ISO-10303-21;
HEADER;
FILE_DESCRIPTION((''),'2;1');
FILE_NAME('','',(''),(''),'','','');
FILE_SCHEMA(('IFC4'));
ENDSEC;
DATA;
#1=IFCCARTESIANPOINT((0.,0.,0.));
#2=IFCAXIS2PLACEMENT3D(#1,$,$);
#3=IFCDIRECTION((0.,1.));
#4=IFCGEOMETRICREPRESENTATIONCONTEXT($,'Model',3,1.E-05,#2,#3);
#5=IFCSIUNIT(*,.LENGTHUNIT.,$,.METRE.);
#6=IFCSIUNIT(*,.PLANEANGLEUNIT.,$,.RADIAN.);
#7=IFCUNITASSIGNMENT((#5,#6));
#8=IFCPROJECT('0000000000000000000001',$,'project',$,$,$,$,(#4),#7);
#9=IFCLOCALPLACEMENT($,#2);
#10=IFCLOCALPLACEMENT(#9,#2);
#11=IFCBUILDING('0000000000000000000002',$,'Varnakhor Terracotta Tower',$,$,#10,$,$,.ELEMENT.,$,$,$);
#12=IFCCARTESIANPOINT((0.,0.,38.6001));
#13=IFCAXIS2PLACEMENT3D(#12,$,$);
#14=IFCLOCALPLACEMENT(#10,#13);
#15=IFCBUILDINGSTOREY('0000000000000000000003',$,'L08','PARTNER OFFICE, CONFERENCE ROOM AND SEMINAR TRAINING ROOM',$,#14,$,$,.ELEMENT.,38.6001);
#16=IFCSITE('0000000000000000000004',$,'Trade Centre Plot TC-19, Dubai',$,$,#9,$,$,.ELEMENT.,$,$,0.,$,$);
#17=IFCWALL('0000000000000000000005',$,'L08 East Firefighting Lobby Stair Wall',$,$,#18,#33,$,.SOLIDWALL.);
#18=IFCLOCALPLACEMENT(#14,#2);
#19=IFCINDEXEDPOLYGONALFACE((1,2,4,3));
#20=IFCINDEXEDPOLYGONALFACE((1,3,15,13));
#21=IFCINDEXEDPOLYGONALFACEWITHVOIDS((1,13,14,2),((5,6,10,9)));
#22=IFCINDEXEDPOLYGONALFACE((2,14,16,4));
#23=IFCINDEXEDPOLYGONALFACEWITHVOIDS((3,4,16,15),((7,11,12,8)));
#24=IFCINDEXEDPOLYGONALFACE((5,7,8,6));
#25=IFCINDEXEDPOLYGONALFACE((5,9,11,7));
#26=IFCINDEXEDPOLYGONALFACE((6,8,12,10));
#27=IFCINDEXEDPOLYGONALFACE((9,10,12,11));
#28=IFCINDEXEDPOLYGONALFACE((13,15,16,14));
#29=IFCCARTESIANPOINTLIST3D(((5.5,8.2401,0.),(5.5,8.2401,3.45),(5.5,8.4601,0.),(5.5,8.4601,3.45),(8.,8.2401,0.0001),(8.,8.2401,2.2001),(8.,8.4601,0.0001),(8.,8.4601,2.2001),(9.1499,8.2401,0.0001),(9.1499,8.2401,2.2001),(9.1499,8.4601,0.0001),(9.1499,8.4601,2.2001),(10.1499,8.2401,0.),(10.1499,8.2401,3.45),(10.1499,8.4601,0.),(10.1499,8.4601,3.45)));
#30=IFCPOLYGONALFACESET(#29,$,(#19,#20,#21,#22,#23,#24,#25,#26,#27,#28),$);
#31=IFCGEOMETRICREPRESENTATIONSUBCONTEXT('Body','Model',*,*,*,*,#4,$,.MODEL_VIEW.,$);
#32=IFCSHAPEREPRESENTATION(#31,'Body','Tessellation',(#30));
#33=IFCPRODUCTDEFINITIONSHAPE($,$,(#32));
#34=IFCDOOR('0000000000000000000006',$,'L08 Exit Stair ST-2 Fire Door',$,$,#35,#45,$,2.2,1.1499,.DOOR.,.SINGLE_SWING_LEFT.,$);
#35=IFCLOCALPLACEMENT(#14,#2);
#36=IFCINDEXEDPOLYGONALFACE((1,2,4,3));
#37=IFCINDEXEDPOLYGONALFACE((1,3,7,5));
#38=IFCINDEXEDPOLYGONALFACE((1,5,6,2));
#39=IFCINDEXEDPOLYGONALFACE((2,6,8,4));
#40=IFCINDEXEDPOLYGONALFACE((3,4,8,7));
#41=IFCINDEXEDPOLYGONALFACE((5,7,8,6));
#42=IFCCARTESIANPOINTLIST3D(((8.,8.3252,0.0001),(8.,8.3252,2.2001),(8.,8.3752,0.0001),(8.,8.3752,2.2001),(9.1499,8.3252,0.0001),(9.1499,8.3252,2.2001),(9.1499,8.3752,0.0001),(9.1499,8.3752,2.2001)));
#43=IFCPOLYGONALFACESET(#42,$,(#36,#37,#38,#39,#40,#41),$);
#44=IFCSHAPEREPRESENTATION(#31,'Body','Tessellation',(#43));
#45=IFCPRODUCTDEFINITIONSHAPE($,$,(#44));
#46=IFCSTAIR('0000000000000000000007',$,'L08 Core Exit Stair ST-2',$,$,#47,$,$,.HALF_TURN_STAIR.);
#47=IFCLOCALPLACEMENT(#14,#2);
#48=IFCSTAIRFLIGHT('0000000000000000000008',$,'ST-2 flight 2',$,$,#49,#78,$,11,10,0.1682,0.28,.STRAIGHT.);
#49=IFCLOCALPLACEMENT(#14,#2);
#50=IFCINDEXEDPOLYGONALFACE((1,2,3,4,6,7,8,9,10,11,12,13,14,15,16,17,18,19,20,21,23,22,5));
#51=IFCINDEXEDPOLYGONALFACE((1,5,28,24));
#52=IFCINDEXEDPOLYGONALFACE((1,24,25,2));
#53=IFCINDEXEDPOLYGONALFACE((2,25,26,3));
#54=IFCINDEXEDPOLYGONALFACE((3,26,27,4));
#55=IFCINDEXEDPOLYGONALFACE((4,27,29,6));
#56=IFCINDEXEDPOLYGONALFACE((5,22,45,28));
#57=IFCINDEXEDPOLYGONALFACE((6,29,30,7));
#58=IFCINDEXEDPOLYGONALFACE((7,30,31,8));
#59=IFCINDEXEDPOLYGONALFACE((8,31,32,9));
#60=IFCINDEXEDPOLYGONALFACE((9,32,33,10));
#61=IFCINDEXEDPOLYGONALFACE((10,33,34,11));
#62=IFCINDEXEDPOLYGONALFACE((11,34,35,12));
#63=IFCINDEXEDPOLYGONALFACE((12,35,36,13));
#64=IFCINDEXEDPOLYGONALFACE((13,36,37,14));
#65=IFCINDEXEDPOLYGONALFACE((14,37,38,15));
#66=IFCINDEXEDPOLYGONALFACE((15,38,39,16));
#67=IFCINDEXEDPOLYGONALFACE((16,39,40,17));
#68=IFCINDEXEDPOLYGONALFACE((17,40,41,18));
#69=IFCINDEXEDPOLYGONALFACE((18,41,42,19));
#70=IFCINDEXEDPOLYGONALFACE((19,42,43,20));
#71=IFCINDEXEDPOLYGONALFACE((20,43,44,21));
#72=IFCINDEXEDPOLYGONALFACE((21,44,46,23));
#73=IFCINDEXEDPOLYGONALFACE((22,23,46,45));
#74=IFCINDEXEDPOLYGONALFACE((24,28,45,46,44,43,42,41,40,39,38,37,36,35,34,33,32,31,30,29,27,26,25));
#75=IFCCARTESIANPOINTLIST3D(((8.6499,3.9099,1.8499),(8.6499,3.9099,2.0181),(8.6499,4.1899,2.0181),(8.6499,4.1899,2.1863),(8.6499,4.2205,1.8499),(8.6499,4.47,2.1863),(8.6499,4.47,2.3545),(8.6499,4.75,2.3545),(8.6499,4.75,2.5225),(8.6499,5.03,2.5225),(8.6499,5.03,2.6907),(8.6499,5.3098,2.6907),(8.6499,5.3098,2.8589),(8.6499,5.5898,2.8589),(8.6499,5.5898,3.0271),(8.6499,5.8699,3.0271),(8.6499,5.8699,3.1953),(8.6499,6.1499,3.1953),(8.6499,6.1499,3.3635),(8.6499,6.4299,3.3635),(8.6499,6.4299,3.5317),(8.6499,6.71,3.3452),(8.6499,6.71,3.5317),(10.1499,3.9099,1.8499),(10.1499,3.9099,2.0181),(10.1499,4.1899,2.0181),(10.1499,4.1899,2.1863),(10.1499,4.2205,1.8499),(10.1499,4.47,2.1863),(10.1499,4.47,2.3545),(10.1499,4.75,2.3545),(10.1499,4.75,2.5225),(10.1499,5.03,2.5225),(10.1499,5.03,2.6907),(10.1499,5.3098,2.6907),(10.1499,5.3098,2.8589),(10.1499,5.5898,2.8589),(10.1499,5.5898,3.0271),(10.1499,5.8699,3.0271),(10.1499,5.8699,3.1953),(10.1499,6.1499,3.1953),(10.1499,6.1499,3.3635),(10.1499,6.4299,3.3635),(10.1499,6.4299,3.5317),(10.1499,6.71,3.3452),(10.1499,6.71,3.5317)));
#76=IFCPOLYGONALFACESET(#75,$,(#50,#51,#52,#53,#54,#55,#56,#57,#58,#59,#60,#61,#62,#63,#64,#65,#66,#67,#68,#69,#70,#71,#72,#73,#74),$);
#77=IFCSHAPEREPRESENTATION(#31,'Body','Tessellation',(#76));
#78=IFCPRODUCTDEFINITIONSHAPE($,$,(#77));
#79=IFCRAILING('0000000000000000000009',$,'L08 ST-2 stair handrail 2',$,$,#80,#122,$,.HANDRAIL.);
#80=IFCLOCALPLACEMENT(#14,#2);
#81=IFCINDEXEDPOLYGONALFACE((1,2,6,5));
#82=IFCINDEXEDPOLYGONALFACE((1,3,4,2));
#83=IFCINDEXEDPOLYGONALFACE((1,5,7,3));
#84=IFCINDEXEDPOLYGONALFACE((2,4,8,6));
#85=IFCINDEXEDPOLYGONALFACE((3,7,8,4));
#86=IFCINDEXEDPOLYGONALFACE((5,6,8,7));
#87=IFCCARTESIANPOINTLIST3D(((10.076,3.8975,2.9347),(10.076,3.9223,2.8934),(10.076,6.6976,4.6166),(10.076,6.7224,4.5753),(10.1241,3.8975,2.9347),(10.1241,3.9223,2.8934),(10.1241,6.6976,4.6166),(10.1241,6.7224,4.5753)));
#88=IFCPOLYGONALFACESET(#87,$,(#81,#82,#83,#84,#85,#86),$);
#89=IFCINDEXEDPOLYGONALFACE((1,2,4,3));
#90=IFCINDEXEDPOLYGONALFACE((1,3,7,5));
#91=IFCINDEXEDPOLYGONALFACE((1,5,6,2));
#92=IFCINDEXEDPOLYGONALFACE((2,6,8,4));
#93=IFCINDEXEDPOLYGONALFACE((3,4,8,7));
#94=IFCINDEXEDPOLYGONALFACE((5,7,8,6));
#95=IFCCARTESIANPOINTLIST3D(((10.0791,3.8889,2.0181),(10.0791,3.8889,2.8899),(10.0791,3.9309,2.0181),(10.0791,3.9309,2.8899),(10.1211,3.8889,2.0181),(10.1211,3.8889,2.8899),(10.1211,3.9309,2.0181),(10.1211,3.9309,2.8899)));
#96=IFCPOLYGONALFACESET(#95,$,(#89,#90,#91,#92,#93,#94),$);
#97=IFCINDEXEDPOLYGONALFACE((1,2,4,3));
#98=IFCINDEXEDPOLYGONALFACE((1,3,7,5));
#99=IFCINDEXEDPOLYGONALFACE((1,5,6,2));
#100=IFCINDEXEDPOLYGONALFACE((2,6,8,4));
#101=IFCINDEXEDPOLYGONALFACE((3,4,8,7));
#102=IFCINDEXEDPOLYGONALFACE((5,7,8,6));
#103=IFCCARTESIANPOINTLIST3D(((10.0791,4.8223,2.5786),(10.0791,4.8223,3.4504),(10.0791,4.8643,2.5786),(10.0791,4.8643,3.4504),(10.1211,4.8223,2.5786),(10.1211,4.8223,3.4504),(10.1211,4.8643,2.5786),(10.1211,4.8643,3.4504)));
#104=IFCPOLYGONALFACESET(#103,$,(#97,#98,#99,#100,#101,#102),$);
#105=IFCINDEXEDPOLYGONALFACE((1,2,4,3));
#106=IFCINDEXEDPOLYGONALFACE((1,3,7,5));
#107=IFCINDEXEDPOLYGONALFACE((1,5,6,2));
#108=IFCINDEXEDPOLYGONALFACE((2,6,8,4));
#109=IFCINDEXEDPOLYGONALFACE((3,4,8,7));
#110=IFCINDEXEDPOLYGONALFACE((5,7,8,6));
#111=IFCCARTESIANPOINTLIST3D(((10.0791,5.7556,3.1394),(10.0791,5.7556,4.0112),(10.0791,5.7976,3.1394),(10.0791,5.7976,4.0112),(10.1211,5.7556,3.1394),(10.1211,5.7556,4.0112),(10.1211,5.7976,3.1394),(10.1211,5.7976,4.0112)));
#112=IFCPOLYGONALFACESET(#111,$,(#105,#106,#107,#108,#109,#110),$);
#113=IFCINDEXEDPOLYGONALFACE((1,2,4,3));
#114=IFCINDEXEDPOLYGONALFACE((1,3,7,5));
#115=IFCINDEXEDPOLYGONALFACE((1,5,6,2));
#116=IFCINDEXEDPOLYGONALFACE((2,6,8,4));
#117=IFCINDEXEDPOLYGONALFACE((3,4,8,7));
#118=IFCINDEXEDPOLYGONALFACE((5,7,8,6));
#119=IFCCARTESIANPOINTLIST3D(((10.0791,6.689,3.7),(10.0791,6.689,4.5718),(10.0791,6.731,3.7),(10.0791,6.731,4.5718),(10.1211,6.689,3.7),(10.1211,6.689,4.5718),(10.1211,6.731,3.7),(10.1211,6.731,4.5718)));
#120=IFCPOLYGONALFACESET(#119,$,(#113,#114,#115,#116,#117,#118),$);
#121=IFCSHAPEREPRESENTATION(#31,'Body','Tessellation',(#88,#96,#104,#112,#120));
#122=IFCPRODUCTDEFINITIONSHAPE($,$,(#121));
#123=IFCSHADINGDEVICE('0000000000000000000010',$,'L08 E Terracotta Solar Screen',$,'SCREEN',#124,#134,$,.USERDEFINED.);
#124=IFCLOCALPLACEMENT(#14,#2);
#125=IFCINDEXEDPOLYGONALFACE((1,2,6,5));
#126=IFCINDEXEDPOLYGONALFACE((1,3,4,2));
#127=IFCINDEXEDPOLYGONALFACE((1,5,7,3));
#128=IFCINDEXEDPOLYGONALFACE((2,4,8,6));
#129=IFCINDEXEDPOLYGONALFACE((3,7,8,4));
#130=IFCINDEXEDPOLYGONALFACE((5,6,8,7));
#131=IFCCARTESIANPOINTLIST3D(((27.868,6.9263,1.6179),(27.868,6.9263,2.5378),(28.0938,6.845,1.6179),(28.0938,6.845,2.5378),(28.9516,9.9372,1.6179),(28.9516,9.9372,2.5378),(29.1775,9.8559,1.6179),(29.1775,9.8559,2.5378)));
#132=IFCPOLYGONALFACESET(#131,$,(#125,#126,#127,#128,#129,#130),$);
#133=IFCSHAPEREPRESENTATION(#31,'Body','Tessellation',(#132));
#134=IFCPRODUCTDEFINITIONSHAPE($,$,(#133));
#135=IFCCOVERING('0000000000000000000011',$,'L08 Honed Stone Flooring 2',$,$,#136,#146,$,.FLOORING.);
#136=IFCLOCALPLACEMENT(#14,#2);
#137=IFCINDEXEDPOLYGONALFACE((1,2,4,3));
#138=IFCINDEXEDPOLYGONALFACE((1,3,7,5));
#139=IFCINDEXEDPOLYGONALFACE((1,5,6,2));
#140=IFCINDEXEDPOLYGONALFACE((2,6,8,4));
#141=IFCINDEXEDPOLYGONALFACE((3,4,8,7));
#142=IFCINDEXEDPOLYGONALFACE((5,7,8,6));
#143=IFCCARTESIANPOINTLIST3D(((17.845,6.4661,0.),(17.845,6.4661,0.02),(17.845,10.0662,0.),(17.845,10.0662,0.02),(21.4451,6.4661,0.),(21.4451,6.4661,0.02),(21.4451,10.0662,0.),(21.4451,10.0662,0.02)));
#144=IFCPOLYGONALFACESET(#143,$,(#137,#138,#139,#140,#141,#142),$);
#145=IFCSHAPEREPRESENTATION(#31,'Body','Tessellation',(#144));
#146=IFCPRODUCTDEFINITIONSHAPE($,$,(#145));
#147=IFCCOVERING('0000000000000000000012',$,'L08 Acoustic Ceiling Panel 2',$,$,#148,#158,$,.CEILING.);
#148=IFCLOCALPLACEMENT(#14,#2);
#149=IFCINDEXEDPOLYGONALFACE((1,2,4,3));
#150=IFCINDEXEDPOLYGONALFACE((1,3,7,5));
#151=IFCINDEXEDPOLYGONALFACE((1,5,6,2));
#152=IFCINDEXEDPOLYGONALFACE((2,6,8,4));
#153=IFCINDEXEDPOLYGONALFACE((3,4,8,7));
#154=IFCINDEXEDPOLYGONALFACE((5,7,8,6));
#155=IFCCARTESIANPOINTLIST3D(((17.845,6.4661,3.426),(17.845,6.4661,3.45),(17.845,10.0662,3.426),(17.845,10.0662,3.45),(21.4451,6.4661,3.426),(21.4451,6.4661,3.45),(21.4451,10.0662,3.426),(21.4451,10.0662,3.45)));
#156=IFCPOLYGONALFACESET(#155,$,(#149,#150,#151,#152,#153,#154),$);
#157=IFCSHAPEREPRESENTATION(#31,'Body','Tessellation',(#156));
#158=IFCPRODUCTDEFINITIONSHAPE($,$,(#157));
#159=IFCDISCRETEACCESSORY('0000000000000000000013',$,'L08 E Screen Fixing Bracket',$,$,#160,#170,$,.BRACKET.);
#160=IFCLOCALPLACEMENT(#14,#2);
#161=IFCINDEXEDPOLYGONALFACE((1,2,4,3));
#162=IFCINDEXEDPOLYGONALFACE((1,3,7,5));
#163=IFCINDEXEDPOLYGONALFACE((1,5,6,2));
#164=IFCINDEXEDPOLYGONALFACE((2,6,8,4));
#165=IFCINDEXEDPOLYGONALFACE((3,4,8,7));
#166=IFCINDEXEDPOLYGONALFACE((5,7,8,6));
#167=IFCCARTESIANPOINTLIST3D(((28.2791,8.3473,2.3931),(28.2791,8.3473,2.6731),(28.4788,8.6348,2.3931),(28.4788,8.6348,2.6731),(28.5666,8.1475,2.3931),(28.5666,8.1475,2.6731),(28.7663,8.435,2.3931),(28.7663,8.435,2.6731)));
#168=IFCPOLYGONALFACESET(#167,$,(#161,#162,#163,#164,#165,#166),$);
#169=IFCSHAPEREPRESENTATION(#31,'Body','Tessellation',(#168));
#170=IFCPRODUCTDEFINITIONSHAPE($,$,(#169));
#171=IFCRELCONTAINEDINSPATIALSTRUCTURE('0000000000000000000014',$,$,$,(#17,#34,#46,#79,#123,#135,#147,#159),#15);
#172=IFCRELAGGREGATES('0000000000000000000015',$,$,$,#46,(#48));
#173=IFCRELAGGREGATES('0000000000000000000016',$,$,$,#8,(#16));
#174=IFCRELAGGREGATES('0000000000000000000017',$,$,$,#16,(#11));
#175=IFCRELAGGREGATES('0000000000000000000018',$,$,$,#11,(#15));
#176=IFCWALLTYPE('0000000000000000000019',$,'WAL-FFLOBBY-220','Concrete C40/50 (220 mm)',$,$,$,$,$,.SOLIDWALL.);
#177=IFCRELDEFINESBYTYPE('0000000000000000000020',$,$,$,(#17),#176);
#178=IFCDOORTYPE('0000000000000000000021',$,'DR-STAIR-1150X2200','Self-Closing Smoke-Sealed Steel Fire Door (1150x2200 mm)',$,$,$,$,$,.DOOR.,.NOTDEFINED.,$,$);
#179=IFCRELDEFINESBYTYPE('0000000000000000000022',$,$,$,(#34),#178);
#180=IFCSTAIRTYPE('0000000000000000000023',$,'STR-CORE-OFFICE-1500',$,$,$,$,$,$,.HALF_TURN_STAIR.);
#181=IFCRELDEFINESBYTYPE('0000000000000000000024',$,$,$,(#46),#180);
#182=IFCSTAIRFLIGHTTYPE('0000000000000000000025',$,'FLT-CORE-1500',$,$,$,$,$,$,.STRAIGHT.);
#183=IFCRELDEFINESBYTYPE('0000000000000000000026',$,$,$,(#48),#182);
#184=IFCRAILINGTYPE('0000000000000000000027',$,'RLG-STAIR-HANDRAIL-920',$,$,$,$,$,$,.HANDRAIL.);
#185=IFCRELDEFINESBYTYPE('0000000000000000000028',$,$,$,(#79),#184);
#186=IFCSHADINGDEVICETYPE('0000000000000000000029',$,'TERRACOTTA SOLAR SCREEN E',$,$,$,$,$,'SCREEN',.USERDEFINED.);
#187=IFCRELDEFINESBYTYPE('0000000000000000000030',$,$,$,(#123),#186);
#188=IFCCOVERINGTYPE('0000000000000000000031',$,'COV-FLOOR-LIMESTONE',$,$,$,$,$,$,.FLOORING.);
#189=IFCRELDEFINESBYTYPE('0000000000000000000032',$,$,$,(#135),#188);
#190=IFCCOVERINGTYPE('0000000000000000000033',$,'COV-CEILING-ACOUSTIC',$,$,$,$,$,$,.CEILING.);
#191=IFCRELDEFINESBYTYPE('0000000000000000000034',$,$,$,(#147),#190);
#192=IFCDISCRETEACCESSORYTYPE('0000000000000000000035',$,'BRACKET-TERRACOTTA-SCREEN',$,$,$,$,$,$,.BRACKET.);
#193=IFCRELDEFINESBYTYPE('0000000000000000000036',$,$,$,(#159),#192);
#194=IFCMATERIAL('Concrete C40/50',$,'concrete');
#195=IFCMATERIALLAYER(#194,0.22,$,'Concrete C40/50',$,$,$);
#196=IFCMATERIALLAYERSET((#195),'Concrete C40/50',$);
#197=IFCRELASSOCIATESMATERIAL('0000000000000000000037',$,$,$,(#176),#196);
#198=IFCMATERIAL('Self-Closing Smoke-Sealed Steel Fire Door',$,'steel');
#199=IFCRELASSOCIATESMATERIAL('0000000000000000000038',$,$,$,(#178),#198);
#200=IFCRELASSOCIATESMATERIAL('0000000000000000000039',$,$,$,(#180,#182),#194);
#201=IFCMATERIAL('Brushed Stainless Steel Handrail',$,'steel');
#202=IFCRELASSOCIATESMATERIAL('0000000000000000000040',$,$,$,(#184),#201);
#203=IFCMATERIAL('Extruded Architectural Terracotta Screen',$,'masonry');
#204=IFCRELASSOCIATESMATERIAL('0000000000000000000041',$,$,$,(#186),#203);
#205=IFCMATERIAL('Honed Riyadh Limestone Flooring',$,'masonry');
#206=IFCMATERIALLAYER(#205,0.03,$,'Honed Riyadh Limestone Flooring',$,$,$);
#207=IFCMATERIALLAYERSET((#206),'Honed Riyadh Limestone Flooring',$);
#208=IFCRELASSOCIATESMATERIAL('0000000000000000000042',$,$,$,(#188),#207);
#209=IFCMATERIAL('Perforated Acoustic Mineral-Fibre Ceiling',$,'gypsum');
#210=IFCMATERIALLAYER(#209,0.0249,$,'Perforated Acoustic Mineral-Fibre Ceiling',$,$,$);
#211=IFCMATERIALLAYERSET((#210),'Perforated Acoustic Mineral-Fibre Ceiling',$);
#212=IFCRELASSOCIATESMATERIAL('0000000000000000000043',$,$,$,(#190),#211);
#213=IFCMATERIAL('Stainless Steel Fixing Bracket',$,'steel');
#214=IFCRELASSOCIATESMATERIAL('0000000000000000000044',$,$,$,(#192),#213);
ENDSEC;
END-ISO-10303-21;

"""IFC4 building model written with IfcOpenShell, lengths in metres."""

from ifc_helpers import new_model, si_unit, direction, frame, frame_2d, origin, origin_2d, place, context, subcontext, project, spatial, polyline, rectangle, outline, extrude, source, transform, mapped, material, layer, layer_set, type_object, type_shapes, element, fill, aggregate, save


model = new_model("IFC4")

# Units and contexts
model_context = context("Model", 3, precision=1e-05, world=origin(), true_north=direction((0.0, 1.0)))
body_context = subcontext(model_context, "Body", "Model", "MODEL_VIEW")
ifc_project = project(units=[si_unit("LENGTHUNIT", "METRE"), si_unit("PLANEANGLEUNIT", "RADIAN")], contexts=[model_context])

# Site, building, storey
site_placement = place(None, origin())
site = spatial("IfcSite", under=ifc_project, at=site_placement, Name="Trade Centre Plot TC-19, Dubai", CompositionType="ELEMENT", RefElevation=0.0)
building_placement = place(site_placement, origin())
building = spatial("IfcBuilding", under=site, at=building_placement, Name="Varnakhor Terracotta Tower", CompositionType="ELEMENT")
storey_placement = place(building_placement, frame((0.0, 0.0, 38.6001)))
storey = spatial("IfcBuildingStorey", under=building, at=storey_placement, Name="L08", Description="PARTNER OFFICE, CONFERENCE ROOM AND SEMINAR TRAINING ROOM", CompositionType="ELEMENT", Elevation=38.6001)

# Wall, opening, door
ifc_material_1 = material(Name="Concrete C40/50", Category="concrete")
ifc_layer_1 = layer(ifc_material_1, 0.22, Name="Concrete C40/50")
ifc_layer_set_1 = layer_set([ifc_layer_1], Name="Concrete C40/50")
wall_type_1 = type_object("IfcWallType", Name="WAL-FFLOBBY-220", Description="Concrete C40/50 (220 mm)", PredefinedType="SOLIDWALL", material=ifc_layer_set_1)
wall_1_placement = place(storey_placement, frame((10.1499, 8.3501, 0.0), z_axis=(0.0, 0.0, 1.0), x_axis=(-1.0, 0.0, 0.0)))
wall_1 = element("IfcWall", 1, at=wall_1_placement, inside=storey, type_object=wall_type_1, Name="L08 East Firefighting Lobby Stair Wall", PredefinedType="SOLIDWALL", context=body_context, shape_type="SweptSolid", body=[
    extrude(rectangle(XDim=4.6499, YDim=0.22, at=frame_2d((2.325, 0.0))), origin(), (0.0, 0.0, 1.0), 3.45),
])
opening_placement = place(wall_1_placement, frame((1.0, 0.0, 0.0)))
opening = element("IfcOpeningElement", 2, at=opening_placement, cuts=wall_1, PredefinedType="OPENING", context=body_context, shape_type="SweptSolid", body=[
    extrude(rectangle(XDim=1.1499, YDim=2.2, at=frame_2d((0.575, 1.1001))), frame((0.0, 0.1201, 0.0), z_axis=(0.0, -1.0, 0.0), x_axis=(1.0, 0.0, 0.0)), (0.0, 0.0, 1.0), 0.24),
])
ifc_material_2 = material(Name="Self-Closing Smoke-Sealed Steel Fire Door", Category="steel")
door_type = type_object("IfcDoorType", Name="DR-STAIR-1150X2200", Description="Self-Closing Smoke-Sealed Steel Fire Door (1150x2200 mm)", OperationType="NOTDEFINED", PredefinedType="DOOR", material=ifc_material_2)
shared_shape_1 = source(origin(), body_context, "Body", "SweptSolid", [
    extrude(rectangle(XDim=1.1499, YDim=2.2, at=frame_2d((0.575, 1.1001))), frame((0.0, 0.0249, 0.0), z_axis=(0.0, -1.0, 0.0), x_axis=(1.0, 0.0, 0.0)), (0.0, 0.0, 1.0), 0.05),
])
type_shapes(door_type, [shared_shape_1])
door_placement = place(opening_placement, origin())
door = element("IfcDoor", 3, at=door_placement, inside=storey, type_object=door_type, Name="L08 Exit Stair ST-2 Fire Door", OperationType="SINGLE_SWING_LEFT", OverallHeight=2.2, OverallWidth=1.1499, PredefinedType="DOOR", context=body_context, shape_type="MappedRepresentation", body=[
    mapped(shared_shape_1, transform((0.0, 0.0, 0.0), scale=1.0)),
])
fill(opening, door)

# Stair, stair flight
stair_type = type_object("IfcStairType", Name="STR-CORE-OFFICE-1500", PredefinedType="HALF_TURN_STAIR", material=ifc_material_1)
stair_placement = place(storey_placement, origin())
stair = element("IfcStair", 4, at=stair_placement, inside=storey, type_object=stair_type, Name="L08 Core Exit Stair ST-2", PredefinedType="HALF_TURN_STAIR")
stair_flight_type = type_object("IfcStairFlightType", Name="FLT-CORE-1500", PredefinedType="STRAIGHT", material=ifc_material_1)
stair_flight_placement = place(storey_placement, frame((9.3999, 3.9099, 1.8499), z_axis=(0.0, 0.0, 1.0), x_axis=(0.0, 1.0, 0.0)))
stair_flight = element("IfcStairFlight", 5, at=stair_flight_placement, type_object=stair_flight_type, Name="ST-2 flight 2", NumberOfRisers=11, NumberOfTreads=10, PredefinedType="STRAIGHT", RiserHeight=0.1682, TreadLength=0.28, context=body_context, shape_type="SweptSolid", body=[
    extrude(outline(polyline([(0.0, 0.0), (0.0, 0.1682), (0.28, 0.1682), (0.28, 0.3364), (0.5601, 0.3364), (0.5601, 0.5046), (0.8401, 0.5046), (0.8401, 0.6726), (1.1201, 0.6726), (1.1201, 0.8408), (1.3999, 0.8408), (1.3999, 1.009), (1.6799, 1.009), (1.6799, 1.1772), (1.96, 1.1772), (1.96, 1.3455), (2.24, 1.3455), (2.24, 1.5137), (2.52, 1.5137), (2.52, 1.6819), (2.8, 1.6819), (2.8, 1.8501), (2.8, 1.4954), (0.3105, 0.0), (0.0, 0.0)])), frame((0.0, 0.75, 0.0), z_axis=(0.0, -1.0, 0.0), x_axis=(1.0, 0.0, 0.0)), (0.0, 0.0, 1.0), 1.5),
])
aggregate(stair, [stair_flight])

# Railing
ifc_material_3 = material(Name="Brushed Stainless Steel Handrail", Category="steel")
railing_type = type_object("IfcRailingType", Name="RLG-STAIR-HANDRAIL-920", PredefinedType="HANDRAIL", material=ifc_material_3)
railing_placement = place(storey_placement, frame((10.1001, 3.9099, 2.0181)))
element("IfcRailing", 6, at=railing_placement, inside=storey, type_object=railing_type, Name="L08 ST-2 stair handrail 2", PredefinedType="HANDRAIL", context=body_context, shape_type="SweptSolid", body=[
    extrude(rectangle(XDim=0.0481, YDim=0.0481, at=origin_2d()), frame((0.0, 0.0, 0.896), z_axis=(0.0, 0.857242, 0.514913), x_axis=(-1.0, 0.0, 0.0)), (0.0, 0.0, 1.0), 3.2664),
    extrude(rectangle(XDim=0.042, YDim=0.042, at=origin_2d()), origin(), (0.0, 0.0, 1.0), 0.8718),
    extrude(rectangle(XDim=0.042, YDim=0.042, at=origin_2d()), frame((0.0, 0.9333, 0.5605)), (0.0, 0.0, 1.0), 0.8718),
    extrude(rectangle(XDim=0.042, YDim=0.042, at=origin_2d()), frame((0.0, 1.8667, 1.1213)), (0.0, 0.0, 1.0), 0.8718),
    extrude(rectangle(XDim=0.042, YDim=0.042, at=origin_2d()), frame((0.0, 2.8, 1.6819)), (0.0, 0.0, 1.0), 0.8718),
])

# Shading device
ifc_material_4 = material(Name="Extruded Architectural Terracotta Screen", Category="masonry")
shading_device_type = type_object("IfcShadingDeviceType", Name="TERRACOTTA SOLAR SCREEN E", ElementType="SCREEN", PredefinedType="USERDEFINED", material=ifc_material_4)
shared_shape_2 = source(origin(), body_context, "Body", "SweptSolid", [
    extrude(rectangle(XDim=3.2, YDim=0.24, at=origin_2d()), origin(), (0.0, 0.0, 1.0), 0.9199),
])
type_shapes(shading_device_type, [shared_shape_2])
shading_device_placement = place(storey_placement, frame((28.5227, 8.3911, 1.6179), z_axis=(0.0, 0.0, 1.0), x_axis=(0.338656, 0.94091, 0.0)))
element("IfcShadingDevice", 7, at=shading_device_placement, inside=storey, type_object=shading_device_type, Name="L08 E Terracotta Solar Screen", ObjectType="SCREEN", PredefinedType="USERDEFINED", context=body_context, shape_type="MappedRepresentation", body=[
    mapped(shared_shape_2, transform((0.0, 0.0, 0.0), scale=1.0)),
])

# Coverings
ifc_material_5 = material(Name="Honed Riyadh Limestone Flooring", Category="masonry")
ifc_layer_2 = layer(ifc_material_5, 0.03, Name="Honed Riyadh Limestone Flooring")
ifc_layer_set_2 = layer_set([ifc_layer_2], Name="Honed Riyadh Limestone Flooring")
covering_type_1 = type_object("IfcCoveringType", Name="COV-FLOOR-LIMESTONE", PredefinedType="FLOORING", material=ifc_layer_set_2)
shared_shape_3 = source(origin(), body_context, "Body", "SweptSolid", [
    extrude(rectangle(XDim=3.6001, YDim=3.6001, at=origin_2d()), origin(), (0.0, 0.0, 1.0), 0.02),
])
covering_1_placement = place(storey_placement, frame((19.645, 8.2661, 0.0), z_axis=(0.0, 0.0, 1.0), x_axis=(1.0, 0.0, 0.0)))
element("IfcCovering", 8, at=covering_1_placement, inside=storey, type_object=covering_type_1, Name="L08 Honed Stone Flooring 2", PredefinedType="FLOORING", context=body_context, shape_type="MappedRepresentation", body=[
    mapped(shared_shape_3, transform((0.0, 0.0, 0.0), scale=1.0)),
])
ifc_material_6 = material(Name="Perforated Acoustic Mineral-Fibre Ceiling", Category="gypsum")
ifc_layer_3 = layer(ifc_material_6, 0.0249, Name="Perforated Acoustic Mineral-Fibre Ceiling")
ifc_layer_set_3 = layer_set([ifc_layer_3], Name="Perforated Acoustic Mineral-Fibre Ceiling")
covering_type_2 = type_object("IfcCoveringType", Name="COV-CEILING-ACOUSTIC", PredefinedType="CEILING", material=ifc_layer_set_3)
shared_shape_4 = source(origin(), body_context, "Body", "SweptSolid", [
    extrude(rectangle(XDim=3.6001, YDim=3.6001, at=origin_2d()), origin(), (0.0, 0.0, 1.0), 0.0239),
])
covering_2_placement = place(storey_placement, frame((19.645, 8.2661, 3.426), z_axis=(0.0, 0.0, 1.0), x_axis=(1.0, 0.0, 0.0)))
element("IfcCovering", 9, at=covering_2_placement, inside=storey, type_object=covering_type_2, Name="L08 Acoustic Ceiling Panel 2", PredefinedType="CEILING", context=body_context, shape_type="MappedRepresentation", body=[
    mapped(shared_shape_4, transform((0.0, 0.0, 0.0), scale=1.0)),
])

# Discrete accessory
ifc_material_7 = material(Name="Stainless Steel Fixing Bracket", Category="steel")
discrete_accessory_type = type_object("IfcDiscreteAccessoryType", Name="BRACKET-TERRACOTTA-SCREEN", PredefinedType="BRACKET", material=ifc_material_7)
shared_shape_5 = source(origin(), body_context, "Body", "SweptSolid", [
    extrude(rectangle(XDim=0.3501, YDim=0.3501, at=origin_2d()), origin(), (0.0, 0.0, 1.0), 0.28),
])
type_shapes(discrete_accessory_type, [shared_shape_5])
discrete_accessory_placement = place(storey_placement, frame((28.5227, 8.3911, 2.3931), z_axis=(0.0, 0.0, 1.0), x_axis=(0.570642, 0.821199, 0.0)))
element("IfcDiscreteAccessory", 10, at=discrete_accessory_placement, inside=storey, type_object=discrete_accessory_type, Name="L08 E Screen Fixing Bracket", PredefinedType="BRACKET", context=body_context, shape_type="MappedRepresentation", body=[
    mapped(shared_shape_5, transform((0.0, 0.0, 0.0), scale=1.0)),
])

save(model, "model.ifc")
